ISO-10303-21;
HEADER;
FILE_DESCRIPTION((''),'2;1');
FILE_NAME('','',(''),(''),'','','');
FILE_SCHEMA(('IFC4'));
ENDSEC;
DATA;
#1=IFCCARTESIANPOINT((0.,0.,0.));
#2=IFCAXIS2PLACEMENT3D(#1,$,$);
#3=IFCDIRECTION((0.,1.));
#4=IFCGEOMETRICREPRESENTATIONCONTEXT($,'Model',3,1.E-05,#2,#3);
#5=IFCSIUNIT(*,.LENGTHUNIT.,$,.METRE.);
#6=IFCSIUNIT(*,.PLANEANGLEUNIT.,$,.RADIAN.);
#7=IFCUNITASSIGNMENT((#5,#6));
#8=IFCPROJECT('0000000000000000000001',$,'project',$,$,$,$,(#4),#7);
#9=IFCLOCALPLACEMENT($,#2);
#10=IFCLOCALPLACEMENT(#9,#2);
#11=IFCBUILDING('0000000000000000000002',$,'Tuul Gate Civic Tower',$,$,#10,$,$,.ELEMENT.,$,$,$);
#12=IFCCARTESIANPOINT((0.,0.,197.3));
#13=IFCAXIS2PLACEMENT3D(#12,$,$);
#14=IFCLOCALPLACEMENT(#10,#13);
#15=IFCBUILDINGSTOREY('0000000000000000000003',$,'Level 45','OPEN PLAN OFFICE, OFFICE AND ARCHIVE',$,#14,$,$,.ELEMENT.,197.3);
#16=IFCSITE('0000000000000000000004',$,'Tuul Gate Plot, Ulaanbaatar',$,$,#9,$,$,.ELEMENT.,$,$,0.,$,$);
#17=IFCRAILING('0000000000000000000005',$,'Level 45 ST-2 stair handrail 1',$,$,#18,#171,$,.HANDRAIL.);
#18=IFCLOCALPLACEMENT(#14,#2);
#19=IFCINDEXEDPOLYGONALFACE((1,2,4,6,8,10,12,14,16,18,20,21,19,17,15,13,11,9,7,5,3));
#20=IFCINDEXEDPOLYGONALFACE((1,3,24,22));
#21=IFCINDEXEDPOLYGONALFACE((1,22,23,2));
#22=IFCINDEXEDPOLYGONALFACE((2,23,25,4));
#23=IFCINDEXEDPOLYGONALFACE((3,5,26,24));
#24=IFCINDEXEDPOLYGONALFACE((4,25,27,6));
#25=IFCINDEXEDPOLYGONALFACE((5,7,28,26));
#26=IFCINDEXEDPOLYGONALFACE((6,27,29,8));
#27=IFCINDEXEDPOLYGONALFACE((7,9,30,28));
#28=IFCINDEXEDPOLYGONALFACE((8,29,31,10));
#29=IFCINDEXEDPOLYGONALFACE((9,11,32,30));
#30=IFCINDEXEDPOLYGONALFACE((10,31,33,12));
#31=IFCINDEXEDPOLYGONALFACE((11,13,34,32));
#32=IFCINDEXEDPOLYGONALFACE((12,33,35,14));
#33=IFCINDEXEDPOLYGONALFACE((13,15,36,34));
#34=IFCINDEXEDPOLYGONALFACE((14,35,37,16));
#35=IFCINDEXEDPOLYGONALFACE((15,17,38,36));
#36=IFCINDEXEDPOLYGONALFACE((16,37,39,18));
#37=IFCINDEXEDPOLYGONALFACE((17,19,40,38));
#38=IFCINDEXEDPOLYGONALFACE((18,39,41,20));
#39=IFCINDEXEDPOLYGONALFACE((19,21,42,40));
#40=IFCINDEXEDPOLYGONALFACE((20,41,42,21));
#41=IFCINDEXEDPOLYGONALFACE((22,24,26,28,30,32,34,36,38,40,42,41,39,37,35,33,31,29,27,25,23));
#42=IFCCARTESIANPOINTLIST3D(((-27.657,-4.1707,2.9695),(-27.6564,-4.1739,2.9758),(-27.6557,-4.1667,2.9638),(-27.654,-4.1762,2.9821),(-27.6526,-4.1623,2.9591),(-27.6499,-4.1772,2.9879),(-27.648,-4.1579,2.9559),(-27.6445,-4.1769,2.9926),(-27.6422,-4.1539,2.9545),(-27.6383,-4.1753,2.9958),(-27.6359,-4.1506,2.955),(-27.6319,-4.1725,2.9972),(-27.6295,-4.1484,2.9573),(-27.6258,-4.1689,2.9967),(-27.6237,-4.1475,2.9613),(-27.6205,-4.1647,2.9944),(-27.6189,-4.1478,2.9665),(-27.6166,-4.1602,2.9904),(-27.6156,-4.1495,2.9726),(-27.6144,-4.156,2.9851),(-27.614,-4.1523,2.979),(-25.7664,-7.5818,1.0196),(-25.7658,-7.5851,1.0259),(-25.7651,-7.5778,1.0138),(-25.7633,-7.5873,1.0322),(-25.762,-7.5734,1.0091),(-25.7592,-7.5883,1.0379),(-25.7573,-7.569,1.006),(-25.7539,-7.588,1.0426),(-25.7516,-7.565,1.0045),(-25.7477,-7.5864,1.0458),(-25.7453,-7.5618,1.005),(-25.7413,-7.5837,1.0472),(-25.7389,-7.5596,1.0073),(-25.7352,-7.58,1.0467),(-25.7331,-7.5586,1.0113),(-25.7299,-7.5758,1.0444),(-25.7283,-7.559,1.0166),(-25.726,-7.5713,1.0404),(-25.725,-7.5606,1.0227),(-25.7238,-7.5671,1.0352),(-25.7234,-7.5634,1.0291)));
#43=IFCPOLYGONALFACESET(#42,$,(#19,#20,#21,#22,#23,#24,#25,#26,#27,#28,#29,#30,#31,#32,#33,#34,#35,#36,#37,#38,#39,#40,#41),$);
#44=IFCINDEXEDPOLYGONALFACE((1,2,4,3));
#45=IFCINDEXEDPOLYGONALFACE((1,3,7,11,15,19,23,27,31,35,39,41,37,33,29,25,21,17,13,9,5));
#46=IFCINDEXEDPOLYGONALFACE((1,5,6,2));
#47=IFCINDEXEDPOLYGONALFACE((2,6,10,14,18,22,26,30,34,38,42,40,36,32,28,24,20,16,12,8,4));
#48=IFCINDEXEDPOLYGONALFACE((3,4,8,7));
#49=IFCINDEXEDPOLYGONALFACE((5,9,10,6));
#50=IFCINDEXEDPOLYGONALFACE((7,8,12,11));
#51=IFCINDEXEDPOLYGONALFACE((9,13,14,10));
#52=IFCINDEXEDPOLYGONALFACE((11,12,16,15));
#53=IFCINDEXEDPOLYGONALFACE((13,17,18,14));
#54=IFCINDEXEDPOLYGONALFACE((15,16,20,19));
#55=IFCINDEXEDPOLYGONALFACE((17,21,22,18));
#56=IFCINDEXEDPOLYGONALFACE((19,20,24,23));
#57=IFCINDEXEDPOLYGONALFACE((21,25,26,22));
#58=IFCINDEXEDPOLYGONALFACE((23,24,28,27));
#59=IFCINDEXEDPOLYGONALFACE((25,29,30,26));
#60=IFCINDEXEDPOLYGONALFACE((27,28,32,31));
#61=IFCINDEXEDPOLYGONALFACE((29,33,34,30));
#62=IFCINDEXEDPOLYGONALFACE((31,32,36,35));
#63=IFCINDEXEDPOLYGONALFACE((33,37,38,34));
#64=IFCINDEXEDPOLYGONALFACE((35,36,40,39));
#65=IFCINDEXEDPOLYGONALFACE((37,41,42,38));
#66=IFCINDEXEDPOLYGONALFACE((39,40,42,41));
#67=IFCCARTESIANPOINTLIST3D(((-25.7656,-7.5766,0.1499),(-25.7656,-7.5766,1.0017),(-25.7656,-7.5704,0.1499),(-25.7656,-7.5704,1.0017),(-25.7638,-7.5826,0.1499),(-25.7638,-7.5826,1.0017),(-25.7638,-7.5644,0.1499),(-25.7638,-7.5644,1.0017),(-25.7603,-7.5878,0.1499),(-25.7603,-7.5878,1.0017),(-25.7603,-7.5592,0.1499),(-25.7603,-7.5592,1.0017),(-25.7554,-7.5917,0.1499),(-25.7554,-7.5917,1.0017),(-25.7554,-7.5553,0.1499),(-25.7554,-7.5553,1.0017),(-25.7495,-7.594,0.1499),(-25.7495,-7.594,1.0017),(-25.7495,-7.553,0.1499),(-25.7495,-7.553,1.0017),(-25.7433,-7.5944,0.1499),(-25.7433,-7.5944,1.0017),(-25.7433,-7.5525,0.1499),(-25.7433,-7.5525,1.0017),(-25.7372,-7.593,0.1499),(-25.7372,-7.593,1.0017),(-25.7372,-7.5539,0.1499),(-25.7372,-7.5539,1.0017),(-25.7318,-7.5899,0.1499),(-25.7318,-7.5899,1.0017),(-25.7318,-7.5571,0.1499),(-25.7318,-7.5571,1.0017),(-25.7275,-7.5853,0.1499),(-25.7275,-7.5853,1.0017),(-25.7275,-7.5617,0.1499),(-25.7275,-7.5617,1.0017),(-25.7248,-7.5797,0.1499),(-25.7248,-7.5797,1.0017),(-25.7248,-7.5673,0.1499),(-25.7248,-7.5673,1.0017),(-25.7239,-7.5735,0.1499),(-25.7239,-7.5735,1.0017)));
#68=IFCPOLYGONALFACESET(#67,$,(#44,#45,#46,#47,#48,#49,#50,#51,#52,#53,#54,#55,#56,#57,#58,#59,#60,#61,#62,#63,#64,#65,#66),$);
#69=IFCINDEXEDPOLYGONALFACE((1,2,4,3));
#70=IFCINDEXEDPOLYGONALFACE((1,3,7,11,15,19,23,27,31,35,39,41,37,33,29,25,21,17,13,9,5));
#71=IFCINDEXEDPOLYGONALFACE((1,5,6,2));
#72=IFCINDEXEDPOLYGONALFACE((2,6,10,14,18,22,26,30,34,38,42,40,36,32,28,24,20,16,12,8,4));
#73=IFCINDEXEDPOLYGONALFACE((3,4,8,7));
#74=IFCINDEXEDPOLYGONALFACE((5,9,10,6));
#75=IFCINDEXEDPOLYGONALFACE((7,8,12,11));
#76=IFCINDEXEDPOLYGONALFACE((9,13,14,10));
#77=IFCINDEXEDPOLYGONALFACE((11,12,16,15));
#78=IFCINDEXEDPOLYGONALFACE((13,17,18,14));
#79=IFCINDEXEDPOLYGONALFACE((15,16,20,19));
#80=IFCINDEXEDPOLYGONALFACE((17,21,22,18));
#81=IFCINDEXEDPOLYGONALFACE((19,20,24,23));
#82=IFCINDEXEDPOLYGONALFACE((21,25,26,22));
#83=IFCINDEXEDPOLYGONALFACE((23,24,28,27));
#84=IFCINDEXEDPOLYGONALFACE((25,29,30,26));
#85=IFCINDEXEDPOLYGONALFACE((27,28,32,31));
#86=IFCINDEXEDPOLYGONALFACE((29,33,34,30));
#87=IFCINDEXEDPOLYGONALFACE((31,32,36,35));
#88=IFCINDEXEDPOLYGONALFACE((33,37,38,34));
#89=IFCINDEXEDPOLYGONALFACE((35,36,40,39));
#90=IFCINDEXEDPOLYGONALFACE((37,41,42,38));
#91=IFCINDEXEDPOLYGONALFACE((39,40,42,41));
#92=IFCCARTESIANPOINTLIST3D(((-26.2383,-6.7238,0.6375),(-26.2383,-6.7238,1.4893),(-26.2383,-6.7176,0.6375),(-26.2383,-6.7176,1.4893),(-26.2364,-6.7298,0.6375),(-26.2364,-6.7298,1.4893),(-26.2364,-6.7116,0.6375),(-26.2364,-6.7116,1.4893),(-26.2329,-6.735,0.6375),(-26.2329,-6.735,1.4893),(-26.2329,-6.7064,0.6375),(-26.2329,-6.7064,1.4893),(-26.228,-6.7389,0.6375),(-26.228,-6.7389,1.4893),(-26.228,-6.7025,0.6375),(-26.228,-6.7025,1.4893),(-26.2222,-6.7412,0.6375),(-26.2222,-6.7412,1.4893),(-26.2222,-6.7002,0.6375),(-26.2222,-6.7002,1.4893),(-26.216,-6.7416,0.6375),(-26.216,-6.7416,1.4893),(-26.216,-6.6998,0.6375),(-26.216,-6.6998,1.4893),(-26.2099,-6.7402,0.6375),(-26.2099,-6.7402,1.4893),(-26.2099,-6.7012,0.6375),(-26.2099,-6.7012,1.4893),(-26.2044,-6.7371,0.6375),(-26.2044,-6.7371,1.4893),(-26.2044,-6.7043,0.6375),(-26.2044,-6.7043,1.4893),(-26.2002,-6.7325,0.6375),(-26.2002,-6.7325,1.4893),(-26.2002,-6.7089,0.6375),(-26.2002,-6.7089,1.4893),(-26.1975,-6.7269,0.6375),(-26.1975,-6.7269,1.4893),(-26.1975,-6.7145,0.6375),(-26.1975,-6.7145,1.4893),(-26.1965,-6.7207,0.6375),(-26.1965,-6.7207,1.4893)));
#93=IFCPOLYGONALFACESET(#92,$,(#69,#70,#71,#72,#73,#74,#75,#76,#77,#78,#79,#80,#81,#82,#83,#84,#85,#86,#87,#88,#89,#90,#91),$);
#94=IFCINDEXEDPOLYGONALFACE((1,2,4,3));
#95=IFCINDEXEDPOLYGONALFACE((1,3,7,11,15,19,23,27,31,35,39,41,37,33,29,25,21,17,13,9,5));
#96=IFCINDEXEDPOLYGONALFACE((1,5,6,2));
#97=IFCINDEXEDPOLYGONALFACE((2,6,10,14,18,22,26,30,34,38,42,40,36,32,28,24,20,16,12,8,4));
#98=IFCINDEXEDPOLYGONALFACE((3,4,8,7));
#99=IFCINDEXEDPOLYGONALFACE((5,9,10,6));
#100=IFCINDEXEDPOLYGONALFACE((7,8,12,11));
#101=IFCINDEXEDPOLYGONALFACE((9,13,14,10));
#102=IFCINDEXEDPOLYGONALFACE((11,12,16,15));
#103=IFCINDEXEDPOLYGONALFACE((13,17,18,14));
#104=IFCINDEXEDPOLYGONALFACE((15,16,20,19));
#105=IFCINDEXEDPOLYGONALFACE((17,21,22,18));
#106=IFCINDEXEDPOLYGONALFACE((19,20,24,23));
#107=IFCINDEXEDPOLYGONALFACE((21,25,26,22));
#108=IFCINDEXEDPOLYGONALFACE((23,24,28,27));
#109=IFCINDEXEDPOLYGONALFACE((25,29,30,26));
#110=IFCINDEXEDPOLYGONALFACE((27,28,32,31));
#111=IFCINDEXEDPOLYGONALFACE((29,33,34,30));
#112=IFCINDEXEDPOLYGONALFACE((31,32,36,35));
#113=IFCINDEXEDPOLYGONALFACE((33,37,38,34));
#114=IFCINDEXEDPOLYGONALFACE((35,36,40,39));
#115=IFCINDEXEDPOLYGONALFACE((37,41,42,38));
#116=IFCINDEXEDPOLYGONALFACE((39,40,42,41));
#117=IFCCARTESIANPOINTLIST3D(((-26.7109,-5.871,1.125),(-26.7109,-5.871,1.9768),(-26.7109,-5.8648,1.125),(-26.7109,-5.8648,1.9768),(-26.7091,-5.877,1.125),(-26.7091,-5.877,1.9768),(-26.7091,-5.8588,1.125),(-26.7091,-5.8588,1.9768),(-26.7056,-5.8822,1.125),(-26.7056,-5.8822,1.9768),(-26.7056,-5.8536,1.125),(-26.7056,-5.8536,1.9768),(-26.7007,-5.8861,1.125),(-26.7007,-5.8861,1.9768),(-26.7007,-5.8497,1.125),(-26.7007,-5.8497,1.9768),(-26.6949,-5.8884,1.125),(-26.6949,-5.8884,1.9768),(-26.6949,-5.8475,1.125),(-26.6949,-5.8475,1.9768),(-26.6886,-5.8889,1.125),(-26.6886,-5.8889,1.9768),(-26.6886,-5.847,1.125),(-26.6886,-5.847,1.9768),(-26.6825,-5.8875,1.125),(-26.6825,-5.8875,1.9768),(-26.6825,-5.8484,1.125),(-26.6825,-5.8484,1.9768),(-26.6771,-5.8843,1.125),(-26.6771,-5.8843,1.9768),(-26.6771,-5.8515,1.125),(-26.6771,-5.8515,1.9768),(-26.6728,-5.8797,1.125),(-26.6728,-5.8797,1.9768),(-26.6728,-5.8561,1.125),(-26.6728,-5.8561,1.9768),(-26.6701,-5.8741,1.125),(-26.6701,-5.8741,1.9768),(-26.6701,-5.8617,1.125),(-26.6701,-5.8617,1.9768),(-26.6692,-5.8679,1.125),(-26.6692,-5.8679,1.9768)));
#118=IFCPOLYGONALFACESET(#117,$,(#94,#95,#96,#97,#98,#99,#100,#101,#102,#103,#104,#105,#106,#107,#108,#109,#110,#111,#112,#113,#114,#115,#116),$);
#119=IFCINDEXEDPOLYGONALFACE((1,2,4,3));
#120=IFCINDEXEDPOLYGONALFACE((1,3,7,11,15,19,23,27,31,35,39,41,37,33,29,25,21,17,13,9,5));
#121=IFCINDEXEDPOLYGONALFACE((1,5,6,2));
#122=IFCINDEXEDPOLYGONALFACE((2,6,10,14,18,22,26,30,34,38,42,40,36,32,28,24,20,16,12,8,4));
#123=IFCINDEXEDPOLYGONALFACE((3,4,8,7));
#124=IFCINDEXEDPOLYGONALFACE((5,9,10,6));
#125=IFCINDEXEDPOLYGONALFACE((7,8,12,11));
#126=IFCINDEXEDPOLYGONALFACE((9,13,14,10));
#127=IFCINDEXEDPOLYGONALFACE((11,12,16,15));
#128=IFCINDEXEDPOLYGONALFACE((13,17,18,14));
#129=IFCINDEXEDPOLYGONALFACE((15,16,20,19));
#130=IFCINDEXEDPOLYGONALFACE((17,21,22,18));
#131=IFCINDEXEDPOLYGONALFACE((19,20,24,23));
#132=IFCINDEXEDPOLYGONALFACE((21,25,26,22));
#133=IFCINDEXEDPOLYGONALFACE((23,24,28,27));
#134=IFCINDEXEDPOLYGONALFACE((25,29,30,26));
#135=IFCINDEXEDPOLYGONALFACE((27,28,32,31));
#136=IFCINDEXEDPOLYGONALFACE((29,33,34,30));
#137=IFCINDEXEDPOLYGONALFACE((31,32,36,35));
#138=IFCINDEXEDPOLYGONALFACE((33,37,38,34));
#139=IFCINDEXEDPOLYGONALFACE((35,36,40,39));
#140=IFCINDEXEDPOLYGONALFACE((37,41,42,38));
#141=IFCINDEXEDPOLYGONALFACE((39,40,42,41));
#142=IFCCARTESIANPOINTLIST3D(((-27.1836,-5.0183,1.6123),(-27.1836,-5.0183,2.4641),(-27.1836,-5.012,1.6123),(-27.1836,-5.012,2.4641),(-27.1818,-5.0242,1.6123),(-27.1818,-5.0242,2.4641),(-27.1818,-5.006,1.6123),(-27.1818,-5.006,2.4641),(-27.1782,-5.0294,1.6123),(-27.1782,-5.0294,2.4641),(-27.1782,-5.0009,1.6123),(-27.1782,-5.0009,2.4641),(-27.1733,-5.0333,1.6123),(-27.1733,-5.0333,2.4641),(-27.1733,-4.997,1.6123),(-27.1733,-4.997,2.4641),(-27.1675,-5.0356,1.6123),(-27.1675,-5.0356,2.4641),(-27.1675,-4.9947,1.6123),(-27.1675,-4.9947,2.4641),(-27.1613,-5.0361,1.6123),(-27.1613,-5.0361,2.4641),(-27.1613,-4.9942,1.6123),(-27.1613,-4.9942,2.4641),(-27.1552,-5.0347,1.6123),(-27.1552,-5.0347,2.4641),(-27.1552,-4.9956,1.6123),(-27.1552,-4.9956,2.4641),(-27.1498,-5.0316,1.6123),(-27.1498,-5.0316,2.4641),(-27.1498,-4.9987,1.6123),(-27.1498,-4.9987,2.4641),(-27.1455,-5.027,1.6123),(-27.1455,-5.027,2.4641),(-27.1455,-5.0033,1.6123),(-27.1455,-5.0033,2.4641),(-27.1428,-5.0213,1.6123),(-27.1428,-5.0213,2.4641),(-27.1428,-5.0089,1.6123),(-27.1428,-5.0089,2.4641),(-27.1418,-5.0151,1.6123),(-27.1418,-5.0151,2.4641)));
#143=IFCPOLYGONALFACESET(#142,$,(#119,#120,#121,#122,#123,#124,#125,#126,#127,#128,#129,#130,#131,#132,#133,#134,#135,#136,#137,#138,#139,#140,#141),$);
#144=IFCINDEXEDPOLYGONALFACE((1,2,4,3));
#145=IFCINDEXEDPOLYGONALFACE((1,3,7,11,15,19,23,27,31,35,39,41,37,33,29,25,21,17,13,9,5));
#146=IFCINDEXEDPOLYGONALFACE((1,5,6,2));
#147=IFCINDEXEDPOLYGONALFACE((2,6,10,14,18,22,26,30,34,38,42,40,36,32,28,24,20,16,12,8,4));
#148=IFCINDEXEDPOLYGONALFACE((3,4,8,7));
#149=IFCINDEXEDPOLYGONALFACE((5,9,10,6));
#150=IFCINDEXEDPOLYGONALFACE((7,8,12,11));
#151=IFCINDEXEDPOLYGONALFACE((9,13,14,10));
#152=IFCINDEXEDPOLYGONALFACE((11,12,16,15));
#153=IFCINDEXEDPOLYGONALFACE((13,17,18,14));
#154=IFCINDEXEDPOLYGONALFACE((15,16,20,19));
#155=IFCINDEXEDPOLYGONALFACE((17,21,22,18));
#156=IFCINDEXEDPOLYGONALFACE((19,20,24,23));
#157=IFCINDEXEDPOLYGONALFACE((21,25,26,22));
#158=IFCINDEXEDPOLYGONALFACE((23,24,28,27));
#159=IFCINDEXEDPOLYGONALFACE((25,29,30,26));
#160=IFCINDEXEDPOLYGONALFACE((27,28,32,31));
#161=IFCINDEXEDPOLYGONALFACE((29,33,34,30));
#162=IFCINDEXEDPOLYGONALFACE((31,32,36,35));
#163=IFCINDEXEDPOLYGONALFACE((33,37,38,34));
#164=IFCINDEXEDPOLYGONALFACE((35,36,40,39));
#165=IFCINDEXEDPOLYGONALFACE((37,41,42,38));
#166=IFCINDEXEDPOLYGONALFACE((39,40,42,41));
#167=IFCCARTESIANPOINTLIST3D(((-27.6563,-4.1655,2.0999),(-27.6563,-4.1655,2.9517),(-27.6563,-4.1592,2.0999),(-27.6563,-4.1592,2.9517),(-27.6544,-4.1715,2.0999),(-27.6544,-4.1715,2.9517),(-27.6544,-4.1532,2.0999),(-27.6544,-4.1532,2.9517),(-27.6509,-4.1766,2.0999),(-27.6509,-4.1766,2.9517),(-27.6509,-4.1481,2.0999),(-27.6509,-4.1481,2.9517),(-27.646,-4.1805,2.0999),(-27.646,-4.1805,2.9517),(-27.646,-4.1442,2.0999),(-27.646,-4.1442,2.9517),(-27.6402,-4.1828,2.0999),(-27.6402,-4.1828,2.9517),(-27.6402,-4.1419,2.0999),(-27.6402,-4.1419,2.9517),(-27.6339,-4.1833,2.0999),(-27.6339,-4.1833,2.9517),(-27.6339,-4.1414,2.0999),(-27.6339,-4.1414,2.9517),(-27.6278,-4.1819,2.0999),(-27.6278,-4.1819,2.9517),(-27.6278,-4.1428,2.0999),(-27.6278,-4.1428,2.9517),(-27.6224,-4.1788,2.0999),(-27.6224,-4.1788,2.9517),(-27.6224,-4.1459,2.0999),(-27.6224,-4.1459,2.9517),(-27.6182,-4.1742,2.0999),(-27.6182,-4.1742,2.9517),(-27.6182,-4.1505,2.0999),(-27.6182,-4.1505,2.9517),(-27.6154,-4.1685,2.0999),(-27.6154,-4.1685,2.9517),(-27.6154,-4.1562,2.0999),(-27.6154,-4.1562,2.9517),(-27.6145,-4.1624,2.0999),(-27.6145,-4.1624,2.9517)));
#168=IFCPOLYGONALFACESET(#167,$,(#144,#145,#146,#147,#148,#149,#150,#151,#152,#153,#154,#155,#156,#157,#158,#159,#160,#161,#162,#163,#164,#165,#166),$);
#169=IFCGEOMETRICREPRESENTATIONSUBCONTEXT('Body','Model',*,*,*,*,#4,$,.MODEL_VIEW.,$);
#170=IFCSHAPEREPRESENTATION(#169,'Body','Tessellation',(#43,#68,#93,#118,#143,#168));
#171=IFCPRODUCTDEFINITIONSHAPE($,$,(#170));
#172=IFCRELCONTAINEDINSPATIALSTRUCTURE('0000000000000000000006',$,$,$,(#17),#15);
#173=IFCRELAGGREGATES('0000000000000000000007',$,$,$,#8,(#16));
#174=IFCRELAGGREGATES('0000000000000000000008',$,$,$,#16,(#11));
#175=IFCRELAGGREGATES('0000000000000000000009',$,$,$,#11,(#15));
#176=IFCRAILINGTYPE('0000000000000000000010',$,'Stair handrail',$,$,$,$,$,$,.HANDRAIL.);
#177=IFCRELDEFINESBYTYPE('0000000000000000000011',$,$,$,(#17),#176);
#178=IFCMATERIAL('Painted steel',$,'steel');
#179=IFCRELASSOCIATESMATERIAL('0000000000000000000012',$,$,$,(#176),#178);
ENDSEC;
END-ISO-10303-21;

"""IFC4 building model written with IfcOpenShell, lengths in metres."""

from ifc_helpers import new_model, si_unit, direction, frame, origin, origin_2d, place, context, subcontext, project, spatial, circle, extrude, material, type_object, element, save


model = new_model("IFC4")

# Units and contexts
model_context = context("Model", 3, precision=1e-05, world=origin(), true_north=direction((0.0, 1.0)))
body_context = subcontext(model_context, "Body", "Model", "MODEL_VIEW")
ifc_project = project(units=[si_unit("LENGTHUNIT", "METRE"), si_unit("PLANEANGLEUNIT", "RADIAN")], contexts=[model_context])

# Site, building, storey
site_placement = place(None, origin())
site = spatial("IfcSite", under=ifc_project, at=site_placement, Name="Tuul Gate Plot, Ulaanbaatar", CompositionType="ELEMENT", RefElevation=0.0)
building_placement = place(site_placement, origin())
building = spatial("IfcBuilding", under=site, at=building_placement, Name="Tuul Gate Civic Tower", CompositionType="ELEMENT")
storey_placement = place(building_placement, frame((0.0, 0.0, 197.3)))
storey = spatial("IfcBuildingStorey", under=building, at=storey_placement, Name="Level 45", Description="OPEN PLAN OFFICE, OFFICE AND ARCHIVE", CompositionType="ELEMENT", Elevation=197.3)

# Railing
ifc_material_1 = material(Name="Painted steel", Category="steel")
railing_type_1 = type_object("IfcRailingType", Name="Stair handrail", PredefinedType="HANDRAIL", material=ifc_material_1)
railing_1_placement = place(storey_placement, frame((-25.7449, -7.5735, 0.1499)))
element("IfcRailing", 1, at=railing_1_placement, inside=storey, type_object=railing_type_1, Name="Level 45 ST-2 stair handrail 1", PredefinedType="HANDRAIL", context=body_context, shape_type="SweptSolid", body=[
    extrude(circle(Radius=0.0239, at=origin_2d()), frame((0.0, 0.0, 0.876), z_axis=(-0.433595, 0.782308, 0.447201), x_axis=(-0.874641, -0.484771, 0.0)), (0.0, 0.0, 1.0), 4.3604),
    extrude(circle(Radius=0.021, at=origin_2d()), origin(), (0.0, 0.0, 1.0), 0.8518),
    extrude(circle(Radius=0.021, at=origin_2d()), frame((-0.4727, 0.8528, 0.4875)), (0.0, 0.0, 1.0), 0.8518),
    extrude(circle(Radius=0.021, at=origin_2d()), frame((-0.9453, 1.7056, 0.9751)), (0.0, 0.0, 1.0), 0.8518),
    extrude(circle(Radius=0.021, at=origin_2d()), frame((-1.418, 2.5583, 1.4624)), (0.0, 0.0, 1.0), 0.8518),
    extrude(circle(Radius=0.021, at=origin_2d()), frame((-1.8906, 3.4111, 1.95)), (0.0, 0.0, 1.0), 0.8518),
])

save(model, "model.ifc")
